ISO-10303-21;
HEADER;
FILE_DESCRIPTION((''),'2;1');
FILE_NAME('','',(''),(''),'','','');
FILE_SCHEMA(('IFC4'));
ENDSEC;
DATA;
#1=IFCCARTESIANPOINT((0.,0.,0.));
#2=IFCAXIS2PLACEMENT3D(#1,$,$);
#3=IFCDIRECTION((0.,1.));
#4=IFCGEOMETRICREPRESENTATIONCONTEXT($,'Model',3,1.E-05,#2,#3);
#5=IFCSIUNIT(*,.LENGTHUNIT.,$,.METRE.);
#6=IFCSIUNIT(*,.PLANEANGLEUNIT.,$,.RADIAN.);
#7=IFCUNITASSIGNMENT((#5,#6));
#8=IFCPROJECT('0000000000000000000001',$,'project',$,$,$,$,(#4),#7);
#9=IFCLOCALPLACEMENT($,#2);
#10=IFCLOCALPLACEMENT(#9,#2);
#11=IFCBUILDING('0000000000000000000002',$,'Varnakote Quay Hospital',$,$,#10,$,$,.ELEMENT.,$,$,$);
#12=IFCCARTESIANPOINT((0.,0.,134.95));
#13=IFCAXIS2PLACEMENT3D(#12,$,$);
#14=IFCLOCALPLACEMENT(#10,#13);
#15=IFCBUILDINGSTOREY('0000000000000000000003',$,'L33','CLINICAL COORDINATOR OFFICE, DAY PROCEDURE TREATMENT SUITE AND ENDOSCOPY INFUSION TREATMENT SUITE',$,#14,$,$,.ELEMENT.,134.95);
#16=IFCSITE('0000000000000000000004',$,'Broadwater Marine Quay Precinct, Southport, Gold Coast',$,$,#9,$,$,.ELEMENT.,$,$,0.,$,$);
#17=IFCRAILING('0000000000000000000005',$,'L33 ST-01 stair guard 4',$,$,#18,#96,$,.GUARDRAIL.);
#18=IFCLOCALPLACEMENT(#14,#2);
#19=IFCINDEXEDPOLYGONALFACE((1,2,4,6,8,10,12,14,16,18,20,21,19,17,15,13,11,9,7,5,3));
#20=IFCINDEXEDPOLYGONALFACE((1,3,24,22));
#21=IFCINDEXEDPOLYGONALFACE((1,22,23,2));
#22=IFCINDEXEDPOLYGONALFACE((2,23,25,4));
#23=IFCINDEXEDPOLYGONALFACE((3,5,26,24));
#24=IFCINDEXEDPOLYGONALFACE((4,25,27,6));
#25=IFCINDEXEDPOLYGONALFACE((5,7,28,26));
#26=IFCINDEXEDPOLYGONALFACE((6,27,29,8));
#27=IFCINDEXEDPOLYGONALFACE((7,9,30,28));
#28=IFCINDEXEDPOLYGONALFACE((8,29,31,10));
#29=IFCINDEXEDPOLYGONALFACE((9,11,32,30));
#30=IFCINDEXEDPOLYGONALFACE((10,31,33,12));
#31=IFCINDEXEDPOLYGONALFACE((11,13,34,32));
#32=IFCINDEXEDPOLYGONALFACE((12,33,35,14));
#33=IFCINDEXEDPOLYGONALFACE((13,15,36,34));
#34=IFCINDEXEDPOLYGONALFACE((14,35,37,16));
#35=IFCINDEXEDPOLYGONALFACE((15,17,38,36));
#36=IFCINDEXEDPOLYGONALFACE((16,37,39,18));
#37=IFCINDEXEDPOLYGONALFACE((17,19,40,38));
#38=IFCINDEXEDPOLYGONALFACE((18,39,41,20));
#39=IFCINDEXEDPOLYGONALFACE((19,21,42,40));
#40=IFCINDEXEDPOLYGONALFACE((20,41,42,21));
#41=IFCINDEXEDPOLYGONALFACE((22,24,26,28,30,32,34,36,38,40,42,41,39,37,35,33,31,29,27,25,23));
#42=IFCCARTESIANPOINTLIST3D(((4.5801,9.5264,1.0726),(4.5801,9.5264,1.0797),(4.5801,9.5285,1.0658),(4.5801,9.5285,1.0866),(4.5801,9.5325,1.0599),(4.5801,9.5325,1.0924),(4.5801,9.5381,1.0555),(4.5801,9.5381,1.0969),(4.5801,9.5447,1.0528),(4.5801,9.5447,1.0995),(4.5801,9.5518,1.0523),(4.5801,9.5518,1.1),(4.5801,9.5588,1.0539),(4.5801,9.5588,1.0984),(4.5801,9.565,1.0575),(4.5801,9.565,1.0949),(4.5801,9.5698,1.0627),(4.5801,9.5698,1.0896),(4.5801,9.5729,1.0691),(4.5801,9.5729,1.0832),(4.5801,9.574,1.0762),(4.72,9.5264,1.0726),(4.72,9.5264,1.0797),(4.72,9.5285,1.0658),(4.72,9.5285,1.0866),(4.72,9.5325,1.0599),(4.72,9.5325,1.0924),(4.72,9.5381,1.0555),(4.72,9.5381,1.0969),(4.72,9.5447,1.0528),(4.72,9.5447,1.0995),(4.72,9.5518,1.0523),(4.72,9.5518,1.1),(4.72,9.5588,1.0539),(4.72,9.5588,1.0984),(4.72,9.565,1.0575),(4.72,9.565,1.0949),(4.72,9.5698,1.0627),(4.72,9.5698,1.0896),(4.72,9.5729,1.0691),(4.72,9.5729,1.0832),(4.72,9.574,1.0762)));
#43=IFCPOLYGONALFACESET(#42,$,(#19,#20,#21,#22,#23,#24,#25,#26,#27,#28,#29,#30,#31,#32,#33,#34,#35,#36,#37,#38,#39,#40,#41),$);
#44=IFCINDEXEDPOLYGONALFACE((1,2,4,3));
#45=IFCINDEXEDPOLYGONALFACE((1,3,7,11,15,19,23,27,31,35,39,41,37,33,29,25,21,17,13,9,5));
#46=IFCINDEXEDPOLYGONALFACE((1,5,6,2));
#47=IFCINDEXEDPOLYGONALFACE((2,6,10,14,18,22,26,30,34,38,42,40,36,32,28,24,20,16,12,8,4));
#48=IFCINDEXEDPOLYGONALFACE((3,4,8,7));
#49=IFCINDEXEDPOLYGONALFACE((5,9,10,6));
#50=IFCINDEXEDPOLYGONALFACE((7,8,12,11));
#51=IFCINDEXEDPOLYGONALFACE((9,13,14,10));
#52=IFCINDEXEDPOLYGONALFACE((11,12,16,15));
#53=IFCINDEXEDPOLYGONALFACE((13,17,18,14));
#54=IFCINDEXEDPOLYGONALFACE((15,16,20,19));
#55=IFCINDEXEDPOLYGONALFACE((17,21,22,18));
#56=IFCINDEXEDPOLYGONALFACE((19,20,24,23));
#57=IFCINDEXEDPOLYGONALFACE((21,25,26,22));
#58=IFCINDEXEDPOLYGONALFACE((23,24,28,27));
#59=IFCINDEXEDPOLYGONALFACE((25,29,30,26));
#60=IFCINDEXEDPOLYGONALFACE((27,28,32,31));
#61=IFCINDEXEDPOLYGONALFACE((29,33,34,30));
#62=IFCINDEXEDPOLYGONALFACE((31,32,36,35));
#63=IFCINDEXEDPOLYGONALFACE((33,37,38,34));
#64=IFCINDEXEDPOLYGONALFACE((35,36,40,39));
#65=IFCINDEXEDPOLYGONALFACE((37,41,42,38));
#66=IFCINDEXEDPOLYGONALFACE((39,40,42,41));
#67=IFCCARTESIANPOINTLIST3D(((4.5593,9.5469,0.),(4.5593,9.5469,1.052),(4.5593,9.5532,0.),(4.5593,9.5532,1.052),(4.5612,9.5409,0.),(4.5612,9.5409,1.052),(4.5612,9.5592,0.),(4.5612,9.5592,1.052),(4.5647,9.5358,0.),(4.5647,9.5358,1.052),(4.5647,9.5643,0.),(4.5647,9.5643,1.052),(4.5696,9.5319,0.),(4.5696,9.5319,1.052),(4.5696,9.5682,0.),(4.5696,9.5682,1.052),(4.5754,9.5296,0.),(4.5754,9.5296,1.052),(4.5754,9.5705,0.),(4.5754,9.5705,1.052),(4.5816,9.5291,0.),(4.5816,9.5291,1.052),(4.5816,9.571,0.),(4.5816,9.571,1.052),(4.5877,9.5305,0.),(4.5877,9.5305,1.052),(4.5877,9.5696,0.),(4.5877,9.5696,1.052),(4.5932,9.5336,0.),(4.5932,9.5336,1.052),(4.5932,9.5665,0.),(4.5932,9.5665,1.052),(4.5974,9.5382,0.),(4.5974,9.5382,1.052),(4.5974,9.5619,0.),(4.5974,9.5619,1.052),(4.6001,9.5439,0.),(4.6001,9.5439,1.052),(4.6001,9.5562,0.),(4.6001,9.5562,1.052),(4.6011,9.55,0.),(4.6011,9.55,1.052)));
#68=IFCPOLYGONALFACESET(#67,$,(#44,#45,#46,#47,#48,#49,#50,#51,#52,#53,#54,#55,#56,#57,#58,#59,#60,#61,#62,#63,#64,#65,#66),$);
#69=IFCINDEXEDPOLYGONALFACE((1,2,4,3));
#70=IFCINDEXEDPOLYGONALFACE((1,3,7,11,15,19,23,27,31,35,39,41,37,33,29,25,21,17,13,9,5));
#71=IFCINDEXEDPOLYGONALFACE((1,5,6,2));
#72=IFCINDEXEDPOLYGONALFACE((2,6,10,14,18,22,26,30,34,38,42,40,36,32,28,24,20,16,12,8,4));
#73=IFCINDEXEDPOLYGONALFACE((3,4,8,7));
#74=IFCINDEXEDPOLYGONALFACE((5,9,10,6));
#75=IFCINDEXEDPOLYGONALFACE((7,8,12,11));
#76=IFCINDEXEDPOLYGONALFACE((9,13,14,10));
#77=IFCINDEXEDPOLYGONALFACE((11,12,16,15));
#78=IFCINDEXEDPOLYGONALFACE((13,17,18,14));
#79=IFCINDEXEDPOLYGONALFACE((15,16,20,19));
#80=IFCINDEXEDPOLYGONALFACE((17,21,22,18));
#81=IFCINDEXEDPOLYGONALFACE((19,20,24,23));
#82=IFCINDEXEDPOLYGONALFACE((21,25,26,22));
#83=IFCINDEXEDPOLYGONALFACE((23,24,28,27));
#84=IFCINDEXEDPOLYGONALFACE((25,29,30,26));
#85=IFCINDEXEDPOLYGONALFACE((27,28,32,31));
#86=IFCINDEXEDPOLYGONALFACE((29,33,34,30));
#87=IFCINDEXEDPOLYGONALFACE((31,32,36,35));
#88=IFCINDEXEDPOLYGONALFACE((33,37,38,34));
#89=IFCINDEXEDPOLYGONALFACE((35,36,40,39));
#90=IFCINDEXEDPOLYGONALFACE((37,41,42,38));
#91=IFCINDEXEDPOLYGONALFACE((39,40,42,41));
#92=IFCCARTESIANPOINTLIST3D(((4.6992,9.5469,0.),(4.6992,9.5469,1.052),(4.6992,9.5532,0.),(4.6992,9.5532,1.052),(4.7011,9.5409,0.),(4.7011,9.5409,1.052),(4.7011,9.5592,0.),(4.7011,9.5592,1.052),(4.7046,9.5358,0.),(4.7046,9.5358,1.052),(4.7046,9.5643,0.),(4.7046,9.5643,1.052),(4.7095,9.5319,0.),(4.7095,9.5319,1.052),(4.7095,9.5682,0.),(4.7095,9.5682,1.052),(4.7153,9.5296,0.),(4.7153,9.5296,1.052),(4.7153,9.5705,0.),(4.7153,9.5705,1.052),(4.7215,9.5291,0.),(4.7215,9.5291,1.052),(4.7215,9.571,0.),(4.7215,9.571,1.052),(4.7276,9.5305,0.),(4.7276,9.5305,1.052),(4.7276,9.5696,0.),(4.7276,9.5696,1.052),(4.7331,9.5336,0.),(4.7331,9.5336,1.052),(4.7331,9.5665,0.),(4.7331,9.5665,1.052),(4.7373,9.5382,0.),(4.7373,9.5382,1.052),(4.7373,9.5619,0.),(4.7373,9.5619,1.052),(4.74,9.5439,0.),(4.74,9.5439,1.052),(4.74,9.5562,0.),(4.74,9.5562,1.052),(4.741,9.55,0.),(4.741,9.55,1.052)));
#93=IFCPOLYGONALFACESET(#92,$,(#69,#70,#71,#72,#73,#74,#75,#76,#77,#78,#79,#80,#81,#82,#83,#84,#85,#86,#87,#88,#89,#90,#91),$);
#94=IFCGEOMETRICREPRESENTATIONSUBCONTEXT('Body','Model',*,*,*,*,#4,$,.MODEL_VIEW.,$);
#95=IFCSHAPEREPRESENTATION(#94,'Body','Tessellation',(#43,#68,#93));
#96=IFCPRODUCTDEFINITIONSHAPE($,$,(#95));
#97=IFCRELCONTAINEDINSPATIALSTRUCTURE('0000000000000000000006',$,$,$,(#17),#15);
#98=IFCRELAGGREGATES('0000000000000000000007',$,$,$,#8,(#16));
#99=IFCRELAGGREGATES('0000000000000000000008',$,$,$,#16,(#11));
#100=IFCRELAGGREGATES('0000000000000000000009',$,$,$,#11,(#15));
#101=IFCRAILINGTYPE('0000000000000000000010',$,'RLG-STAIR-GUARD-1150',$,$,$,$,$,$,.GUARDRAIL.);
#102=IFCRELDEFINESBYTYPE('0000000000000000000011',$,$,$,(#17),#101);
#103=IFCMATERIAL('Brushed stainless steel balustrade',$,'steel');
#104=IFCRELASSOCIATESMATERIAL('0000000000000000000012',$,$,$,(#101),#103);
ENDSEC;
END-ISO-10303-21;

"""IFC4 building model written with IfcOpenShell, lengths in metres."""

from ifc_helpers import new_model, si_unit, direction, frame, origin, origin_2d, place, context, subcontext, project, spatial, circle, extrude, material, type_object, element, save


model = new_model("IFC4")

# Units and contexts
model_context = context("Model", 3, precision=1e-05, world=origin(), true_north=direction((0.0, 1.0)))
body_context = subcontext(model_context, "Body", "Model", "MODEL_VIEW")
ifc_project = project(units=[si_unit("LENGTHUNIT", "METRE"), si_unit("PLANEANGLEUNIT", "RADIAN")], contexts=[model_context])

# Site, building, storey
site_placement = place(None, origin())
site = spatial("IfcSite", under=ifc_project, at=site_placement, Name="Broadwater Marine Quay Precinct, Southport, Gold Coast", CompositionType="ELEMENT", RefElevation=0.0)
building_placement = place(site_placement, origin())
building = spatial("IfcBuilding", under=site, at=building_placement, Name="Varnakote Quay Hospital", CompositionType="ELEMENT")
storey_placement = place(building_placement, frame((0.0, 0.0, 134.95)))
storey = spatial("IfcBuildingStorey", under=building, at=storey_placement, Name="L33", Description="CLINICAL COORDINATOR OFFICE, DAY PROCEDURE TREATMENT SUITE AND ENDOSCOPY INFUSION TREATMENT SUITE", CompositionType="ELEMENT", Elevation=134.95)

# Railing
ifc_material_1 = material(Name="Brushed stainless steel balustrade", Category="steel")
railing_type_1 = type_object("IfcRailingType", Name="RLG-STAIR-GUARD-1150", PredefinedType="GUARDRAIL", material=ifc_material_1)
railing_1_placement = place(storey_placement, frame((4.5801, 9.55, 0.0)))
element("IfcRailing", 1, at=railing_1_placement, inside=storey, type_object=railing_type_1, Name="L33 ST-01 stair guard 4", PredefinedType="GUARDRAIL", context=body_context, shape_type="SweptSolid", body=[
    extrude(circle(Radius=0.0239, at=origin_2d()), frame((0.0, 0.0, 1.0762), z_axis=(1.0, 0.0, 0.0), x_axis=(0.0, 1.0, 0.0)), (0.0, 0.0, 1.0), 0.1399),
    extrude(circle(Radius=0.021, at=origin_2d()), origin(), (0.0, 0.0, 1.0), 1.052),
    extrude(circle(Radius=0.021, at=origin_2d()), frame((0.1399, 0.0, 0.0)), (0.0, 0.0, 1.0), 1.052),
])

save(model, "model.ifc")
